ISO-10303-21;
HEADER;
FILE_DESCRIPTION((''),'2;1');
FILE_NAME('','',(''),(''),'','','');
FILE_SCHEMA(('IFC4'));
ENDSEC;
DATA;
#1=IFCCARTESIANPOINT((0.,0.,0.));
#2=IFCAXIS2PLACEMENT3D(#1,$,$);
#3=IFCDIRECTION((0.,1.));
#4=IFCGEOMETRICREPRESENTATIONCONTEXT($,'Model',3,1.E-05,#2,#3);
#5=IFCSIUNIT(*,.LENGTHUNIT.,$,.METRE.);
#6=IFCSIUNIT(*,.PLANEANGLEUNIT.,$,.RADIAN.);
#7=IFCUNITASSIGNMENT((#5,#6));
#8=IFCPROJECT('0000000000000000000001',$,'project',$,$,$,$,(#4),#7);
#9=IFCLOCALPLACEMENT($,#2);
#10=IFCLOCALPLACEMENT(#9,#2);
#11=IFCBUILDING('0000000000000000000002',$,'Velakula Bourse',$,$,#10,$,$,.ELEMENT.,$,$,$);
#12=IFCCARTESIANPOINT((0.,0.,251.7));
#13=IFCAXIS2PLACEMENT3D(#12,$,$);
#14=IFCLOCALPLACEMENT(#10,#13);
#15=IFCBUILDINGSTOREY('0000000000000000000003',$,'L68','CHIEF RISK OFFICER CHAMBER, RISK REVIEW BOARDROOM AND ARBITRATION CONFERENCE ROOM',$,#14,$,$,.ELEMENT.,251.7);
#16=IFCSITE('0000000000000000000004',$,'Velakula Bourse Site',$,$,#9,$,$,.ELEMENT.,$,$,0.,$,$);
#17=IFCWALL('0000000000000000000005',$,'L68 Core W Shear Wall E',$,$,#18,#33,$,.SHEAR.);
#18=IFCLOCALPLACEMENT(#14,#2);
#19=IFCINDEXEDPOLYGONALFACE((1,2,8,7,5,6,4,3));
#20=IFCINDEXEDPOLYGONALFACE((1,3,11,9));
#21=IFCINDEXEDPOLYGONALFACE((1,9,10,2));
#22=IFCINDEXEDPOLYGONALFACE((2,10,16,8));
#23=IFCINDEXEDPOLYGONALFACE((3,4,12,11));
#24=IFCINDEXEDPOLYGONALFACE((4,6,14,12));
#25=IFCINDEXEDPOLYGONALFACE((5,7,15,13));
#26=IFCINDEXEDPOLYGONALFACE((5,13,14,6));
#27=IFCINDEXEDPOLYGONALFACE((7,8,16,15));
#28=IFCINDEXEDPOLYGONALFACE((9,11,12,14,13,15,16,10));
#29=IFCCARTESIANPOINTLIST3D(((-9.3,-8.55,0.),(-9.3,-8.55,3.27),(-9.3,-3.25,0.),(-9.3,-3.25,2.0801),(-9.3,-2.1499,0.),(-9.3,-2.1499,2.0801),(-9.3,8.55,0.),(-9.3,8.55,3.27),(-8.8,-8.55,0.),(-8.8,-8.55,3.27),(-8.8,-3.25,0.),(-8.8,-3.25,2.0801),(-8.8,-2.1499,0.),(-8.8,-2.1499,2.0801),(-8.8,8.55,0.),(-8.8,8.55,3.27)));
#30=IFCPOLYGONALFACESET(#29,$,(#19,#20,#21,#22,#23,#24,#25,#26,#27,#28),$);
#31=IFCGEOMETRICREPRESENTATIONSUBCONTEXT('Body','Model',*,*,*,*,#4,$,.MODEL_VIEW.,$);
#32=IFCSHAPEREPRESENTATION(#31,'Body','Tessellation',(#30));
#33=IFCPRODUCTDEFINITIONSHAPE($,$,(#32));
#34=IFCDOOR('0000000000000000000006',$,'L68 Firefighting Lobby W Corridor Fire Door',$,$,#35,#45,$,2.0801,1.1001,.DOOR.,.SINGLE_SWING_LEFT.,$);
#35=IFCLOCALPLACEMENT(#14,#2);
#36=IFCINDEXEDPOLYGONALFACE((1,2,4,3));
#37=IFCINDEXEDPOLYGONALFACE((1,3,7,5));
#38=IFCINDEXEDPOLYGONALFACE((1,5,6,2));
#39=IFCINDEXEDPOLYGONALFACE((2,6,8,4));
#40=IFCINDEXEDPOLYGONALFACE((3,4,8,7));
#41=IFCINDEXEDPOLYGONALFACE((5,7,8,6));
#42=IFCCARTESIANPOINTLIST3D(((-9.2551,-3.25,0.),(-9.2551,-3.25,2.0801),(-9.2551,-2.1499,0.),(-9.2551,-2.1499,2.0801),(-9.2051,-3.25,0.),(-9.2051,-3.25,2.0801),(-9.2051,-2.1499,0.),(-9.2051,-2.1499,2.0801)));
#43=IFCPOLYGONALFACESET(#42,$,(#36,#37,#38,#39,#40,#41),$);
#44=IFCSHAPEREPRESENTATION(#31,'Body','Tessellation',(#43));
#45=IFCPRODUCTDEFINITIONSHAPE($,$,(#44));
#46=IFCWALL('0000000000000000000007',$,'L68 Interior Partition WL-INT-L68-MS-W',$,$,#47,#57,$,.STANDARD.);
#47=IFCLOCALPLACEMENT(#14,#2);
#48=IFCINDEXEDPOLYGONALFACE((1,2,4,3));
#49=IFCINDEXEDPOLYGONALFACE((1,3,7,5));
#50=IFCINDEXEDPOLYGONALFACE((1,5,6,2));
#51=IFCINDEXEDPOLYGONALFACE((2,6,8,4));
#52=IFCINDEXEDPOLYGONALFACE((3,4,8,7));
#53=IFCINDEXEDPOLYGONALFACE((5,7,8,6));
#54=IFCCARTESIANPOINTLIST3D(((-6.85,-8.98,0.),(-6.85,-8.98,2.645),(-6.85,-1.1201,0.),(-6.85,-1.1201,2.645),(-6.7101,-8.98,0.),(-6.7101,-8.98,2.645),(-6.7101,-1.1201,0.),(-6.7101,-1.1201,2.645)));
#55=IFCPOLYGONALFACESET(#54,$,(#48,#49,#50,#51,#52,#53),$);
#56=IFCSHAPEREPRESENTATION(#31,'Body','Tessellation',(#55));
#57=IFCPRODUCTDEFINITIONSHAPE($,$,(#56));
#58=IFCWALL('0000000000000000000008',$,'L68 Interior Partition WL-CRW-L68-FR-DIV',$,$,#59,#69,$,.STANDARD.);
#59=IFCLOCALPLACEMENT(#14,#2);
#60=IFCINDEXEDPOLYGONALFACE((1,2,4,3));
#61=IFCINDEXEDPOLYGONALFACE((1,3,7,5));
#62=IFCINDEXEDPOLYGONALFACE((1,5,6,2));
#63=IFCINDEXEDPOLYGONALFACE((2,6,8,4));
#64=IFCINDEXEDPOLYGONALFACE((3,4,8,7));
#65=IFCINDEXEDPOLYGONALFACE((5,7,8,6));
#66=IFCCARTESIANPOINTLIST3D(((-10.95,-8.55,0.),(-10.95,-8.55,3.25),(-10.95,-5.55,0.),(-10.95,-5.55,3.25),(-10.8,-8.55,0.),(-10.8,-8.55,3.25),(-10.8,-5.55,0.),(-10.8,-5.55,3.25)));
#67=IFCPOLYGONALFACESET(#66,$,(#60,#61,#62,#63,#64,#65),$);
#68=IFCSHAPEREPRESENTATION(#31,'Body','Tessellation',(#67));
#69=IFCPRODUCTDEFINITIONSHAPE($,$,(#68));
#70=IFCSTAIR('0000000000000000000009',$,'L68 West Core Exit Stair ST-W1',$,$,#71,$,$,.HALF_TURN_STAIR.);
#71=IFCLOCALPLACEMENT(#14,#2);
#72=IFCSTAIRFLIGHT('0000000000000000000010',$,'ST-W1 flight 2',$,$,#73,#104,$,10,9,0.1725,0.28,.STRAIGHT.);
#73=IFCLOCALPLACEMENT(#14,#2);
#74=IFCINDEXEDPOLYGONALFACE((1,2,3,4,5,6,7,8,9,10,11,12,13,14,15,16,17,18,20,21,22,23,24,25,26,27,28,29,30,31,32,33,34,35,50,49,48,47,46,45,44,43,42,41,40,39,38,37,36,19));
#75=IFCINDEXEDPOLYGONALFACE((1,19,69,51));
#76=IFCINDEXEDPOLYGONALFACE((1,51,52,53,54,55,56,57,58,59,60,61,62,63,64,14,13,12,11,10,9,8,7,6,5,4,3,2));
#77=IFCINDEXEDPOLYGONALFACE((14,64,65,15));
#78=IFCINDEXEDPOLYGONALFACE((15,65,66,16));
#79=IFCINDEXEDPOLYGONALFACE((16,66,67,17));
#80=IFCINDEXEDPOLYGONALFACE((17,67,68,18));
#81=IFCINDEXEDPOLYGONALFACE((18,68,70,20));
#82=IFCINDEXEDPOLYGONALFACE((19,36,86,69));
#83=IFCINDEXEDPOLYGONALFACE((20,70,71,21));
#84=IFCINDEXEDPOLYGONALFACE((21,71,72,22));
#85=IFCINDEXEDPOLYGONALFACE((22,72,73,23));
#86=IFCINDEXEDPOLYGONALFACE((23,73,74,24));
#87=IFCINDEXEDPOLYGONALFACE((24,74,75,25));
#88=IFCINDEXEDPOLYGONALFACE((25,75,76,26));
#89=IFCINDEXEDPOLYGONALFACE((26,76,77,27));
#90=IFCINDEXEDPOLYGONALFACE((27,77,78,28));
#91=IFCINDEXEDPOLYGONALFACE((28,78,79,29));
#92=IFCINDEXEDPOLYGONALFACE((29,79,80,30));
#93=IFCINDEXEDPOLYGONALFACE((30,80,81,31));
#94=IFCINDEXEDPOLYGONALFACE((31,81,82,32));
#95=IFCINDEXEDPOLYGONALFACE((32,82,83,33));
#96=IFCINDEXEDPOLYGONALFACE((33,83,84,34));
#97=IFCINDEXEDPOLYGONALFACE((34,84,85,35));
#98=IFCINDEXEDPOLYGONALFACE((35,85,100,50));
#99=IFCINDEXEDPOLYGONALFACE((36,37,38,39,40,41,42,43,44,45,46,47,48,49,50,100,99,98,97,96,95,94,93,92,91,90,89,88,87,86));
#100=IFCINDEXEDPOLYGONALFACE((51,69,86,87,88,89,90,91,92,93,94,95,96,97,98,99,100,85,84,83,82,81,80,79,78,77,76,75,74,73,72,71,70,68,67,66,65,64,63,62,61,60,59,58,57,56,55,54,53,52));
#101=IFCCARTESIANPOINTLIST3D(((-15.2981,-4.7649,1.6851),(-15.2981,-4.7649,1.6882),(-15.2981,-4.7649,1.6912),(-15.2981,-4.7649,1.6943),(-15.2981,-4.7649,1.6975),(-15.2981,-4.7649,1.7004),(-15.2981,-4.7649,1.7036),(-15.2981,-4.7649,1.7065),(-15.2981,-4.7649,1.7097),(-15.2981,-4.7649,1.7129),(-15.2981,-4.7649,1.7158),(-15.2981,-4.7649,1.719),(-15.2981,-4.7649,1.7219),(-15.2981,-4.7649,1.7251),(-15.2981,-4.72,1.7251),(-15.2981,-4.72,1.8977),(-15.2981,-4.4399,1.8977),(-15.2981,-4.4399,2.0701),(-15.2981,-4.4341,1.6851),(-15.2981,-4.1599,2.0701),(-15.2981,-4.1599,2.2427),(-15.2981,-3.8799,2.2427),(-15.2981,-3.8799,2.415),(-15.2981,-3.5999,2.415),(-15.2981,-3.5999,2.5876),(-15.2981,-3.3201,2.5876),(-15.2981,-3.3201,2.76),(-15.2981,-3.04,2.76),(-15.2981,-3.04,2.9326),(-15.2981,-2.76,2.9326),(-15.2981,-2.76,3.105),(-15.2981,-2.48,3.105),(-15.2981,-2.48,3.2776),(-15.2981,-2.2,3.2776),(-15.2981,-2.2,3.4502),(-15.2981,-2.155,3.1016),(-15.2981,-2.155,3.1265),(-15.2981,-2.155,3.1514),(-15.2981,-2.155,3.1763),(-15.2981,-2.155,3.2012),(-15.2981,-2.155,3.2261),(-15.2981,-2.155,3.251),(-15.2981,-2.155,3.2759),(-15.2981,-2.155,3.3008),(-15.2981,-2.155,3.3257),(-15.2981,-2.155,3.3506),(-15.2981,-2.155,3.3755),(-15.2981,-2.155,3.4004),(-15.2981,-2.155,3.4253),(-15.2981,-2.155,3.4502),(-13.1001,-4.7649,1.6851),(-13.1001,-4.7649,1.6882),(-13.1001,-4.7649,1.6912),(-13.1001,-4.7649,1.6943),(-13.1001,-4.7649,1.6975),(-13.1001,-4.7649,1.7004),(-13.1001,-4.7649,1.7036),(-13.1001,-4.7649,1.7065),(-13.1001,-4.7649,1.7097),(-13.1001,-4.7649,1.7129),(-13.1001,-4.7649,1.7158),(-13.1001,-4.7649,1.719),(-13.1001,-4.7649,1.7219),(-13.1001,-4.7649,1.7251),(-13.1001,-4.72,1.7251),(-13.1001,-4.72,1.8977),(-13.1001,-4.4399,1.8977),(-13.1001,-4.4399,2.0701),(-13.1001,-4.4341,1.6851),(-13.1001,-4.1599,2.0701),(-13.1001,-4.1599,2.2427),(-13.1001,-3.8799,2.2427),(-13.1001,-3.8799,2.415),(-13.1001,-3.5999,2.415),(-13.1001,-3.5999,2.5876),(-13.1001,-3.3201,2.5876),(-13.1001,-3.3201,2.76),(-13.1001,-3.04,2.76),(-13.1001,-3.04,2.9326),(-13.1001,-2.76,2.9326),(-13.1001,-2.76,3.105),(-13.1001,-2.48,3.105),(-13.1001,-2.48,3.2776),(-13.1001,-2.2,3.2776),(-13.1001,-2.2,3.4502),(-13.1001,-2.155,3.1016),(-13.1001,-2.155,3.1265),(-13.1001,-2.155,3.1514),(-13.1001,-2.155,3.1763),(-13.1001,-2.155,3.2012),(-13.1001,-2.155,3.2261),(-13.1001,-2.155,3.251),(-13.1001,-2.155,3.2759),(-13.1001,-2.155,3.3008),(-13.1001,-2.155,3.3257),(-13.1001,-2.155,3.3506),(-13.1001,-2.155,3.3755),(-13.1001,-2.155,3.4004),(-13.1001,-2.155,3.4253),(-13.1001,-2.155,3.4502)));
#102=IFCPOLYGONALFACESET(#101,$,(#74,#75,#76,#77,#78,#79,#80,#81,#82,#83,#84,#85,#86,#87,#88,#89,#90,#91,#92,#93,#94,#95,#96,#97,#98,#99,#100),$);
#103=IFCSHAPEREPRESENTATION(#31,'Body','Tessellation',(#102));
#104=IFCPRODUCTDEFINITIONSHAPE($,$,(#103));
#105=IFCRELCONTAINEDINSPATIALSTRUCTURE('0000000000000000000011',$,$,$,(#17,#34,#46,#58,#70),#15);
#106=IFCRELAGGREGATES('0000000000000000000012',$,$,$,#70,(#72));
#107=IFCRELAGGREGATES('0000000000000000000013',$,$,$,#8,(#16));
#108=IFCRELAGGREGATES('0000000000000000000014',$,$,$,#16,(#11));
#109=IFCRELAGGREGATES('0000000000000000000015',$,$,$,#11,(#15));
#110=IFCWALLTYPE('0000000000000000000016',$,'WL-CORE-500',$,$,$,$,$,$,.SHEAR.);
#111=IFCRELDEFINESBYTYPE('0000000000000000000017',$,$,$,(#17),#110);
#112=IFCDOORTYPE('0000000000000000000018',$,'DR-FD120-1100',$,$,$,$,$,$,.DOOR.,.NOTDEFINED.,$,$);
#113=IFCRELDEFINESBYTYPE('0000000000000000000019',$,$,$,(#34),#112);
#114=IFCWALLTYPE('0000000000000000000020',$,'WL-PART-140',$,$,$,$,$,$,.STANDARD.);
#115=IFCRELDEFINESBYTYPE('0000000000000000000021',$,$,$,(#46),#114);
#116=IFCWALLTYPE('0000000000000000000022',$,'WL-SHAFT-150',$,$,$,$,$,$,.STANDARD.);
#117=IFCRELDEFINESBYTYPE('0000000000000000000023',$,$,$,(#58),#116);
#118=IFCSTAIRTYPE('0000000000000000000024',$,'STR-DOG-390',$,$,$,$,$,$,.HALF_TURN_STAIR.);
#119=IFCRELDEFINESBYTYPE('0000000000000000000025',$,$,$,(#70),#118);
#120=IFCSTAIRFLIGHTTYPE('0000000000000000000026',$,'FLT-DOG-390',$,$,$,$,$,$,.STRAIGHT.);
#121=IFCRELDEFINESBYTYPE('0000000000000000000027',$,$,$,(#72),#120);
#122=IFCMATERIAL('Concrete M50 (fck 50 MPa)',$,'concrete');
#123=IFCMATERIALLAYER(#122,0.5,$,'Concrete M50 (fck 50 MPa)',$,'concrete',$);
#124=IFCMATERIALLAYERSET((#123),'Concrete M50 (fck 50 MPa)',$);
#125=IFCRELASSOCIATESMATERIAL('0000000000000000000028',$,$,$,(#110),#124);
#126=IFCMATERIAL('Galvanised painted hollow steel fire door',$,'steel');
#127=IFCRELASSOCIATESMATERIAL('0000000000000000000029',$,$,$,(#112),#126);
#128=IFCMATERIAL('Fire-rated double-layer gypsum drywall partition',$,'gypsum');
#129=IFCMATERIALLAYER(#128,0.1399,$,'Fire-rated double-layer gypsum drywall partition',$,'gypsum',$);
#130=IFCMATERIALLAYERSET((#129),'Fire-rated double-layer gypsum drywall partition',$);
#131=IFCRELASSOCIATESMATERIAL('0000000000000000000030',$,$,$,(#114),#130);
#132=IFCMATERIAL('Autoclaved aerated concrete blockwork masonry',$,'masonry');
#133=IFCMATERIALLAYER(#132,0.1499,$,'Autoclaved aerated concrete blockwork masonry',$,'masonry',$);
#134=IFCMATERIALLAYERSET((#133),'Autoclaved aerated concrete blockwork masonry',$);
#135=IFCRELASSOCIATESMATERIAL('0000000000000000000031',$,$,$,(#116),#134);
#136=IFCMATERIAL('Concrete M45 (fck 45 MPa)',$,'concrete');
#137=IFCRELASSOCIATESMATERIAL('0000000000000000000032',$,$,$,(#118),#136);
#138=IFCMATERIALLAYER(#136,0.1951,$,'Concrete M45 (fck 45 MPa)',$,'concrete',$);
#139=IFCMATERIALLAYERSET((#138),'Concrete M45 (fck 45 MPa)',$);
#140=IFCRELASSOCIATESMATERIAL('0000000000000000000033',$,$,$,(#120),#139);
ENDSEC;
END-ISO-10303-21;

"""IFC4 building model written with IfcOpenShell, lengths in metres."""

from ifc_helpers import new_model, si_unit, direction, frame, frame_2d, origin, place, context, subcontext, project, spatial, polyline, rectangle, outline, extrude, material, layer, layer_set, type_object, element, fill, aggregate, save


model = new_model("IFC4")

# Units and contexts
model_context = context("Model", 3, precision=1e-05, world=origin(), true_north=direction((0.0, 1.0)))
body_context = subcontext(model_context, "Body", "Model", "MODEL_VIEW")
ifc_project = project(units=[si_unit("LENGTHUNIT", "METRE"), si_unit("PLANEANGLEUNIT", "RADIAN")], contexts=[model_context])

# Site, building, storey
site_placement = place(None, origin())
site = spatial("IfcSite", under=ifc_project, at=site_placement, Name="Velakula Bourse Site", CompositionType="ELEMENT", RefElevation=0.0)
building_placement = place(site_placement, origin())
building = spatial("IfcBuilding", under=site, at=building_placement, Name="Velakula Bourse", CompositionType="ELEMENT")
storey_placement = place(building_placement, frame((0.0, 0.0, 251.7)))
storey = spatial("IfcBuildingStorey", under=building, at=storey_placement, Name="L68", Description="CHIEF RISK OFFICER CHAMBER, RISK REVIEW BOARDROOM AND ARBITRATION CONFERENCE ROOM", CompositionType="ELEMENT", Elevation=251.7)

# Shared definitions
ifc_material_1 = material(Name="Concrete M50 (fck 50 MPa)", Category="concrete")

# Shared definitions
ifc_material_2 = material(Name="Galvanised painted hollow steel fire door", Category="steel")

# Wall, opening, door
ifc_layer_1 = layer(ifc_material_1, 0.5, Name="Concrete M50 (fck 50 MPa)", Category="concrete")
ifc_layer_set_1 = layer_set([ifc_layer_1], Name="Concrete M50 (fck 50 MPa)")
wall_type_1 = type_object("IfcWallType", Name="WL-CORE-500", PredefinedType="SHEAR", material=ifc_layer_set_1)
wall_1_placement = place(storey_placement, frame((-9.05, -8.55, 0.0), z_axis=(0.0, 0.0, 1.0), x_axis=(0.0, 1.0, 0.0)))
wall_1 = element("IfcWall", 1, at=wall_1_placement, inside=storey, type_object=wall_type_1, Name="L68 Core W Shear Wall E", PredefinedType="SHEAR", context=body_context, shape_type="SweptSolid", body=[
    extrude(rectangle(XDim=17.1001, YDim=0.5, at=frame_2d((8.55, 0.0))), origin(), (0.0, 0.0, 1.0), 3.27),
])
opening_1_placement = place(wall_1_placement, frame((5.3, 0.0, 0.0)))
opening_1 = element("IfcOpeningElement", 2, at=opening_1_placement, cuts=wall_1, PredefinedType="OPENING", context=body_context, shape_type="SweptSolid", body=[
    extrude(rectangle(XDim=1.1001, YDim=2.0801, at=frame_2d((0.55, 1.04))), frame((0.0, 0.26, 0.0), z_axis=(0.0, -1.0, 0.0), x_axis=(1.0, 0.0, 0.0)), (0.0, 0.0, 1.0), 0.52),
])
door_type_1 = type_object("IfcDoorType", Name="DR-FD120-1100", OperationType="NOTDEFINED", PredefinedType="DOOR", material=ifc_material_2)
door_1_placement = place(opening_1_placement, origin())
door_1 = element("IfcDoor", 3, at=door_1_placement, inside=storey, type_object=door_type_1, Name="L68 Firefighting Lobby W Corridor Fire Door", OperationType="SINGLE_SWING_LEFT", OverallHeight=2.0801, OverallWidth=1.1001, PredefinedType="DOOR", context=body_context, shape_type="SweptSolid", body=[
    extrude(rectangle(XDim=1.1001, YDim=2.0801, at=frame_2d((0.55, 1.04))), frame((0.0, 0.2051, 0.0), z_axis=(0.0, -1.0, 0.0), x_axis=(1.0, 0.0, 0.0)), (0.0, 0.0, 1.0), 0.05),
])
fill(opening_1, door_1)

# Wall
ifc_material_3 = material(Name="Fire-rated double-layer gypsum drywall partition", Category="gypsum")
ifc_layer_2 = layer(ifc_material_3, 0.1399, Name="Fire-rated double-layer gypsum drywall partition", Category="gypsum")
ifc_layer_set_2 = layer_set([ifc_layer_2], Name="Fire-rated double-layer gypsum drywall partition")
wall_type_2 = type_object("IfcWallType", Name="WL-PART-140", PredefinedType="STANDARD", material=ifc_layer_set_2)
wall_2_placement = place(storey_placement, frame((-6.78, -8.98, 0.0), z_axis=(0.0, 0.0, 1.0), x_axis=(0.0, 1.0, 0.0)))
element("IfcWall", 4, at=wall_2_placement, inside=storey, type_object=wall_type_2, Name="L68 Interior Partition WL-INT-L68-MS-W", PredefinedType="STANDARD", context=body_context, shape_type="SweptSolid", body=[
    extrude(rectangle(XDim=7.8599, YDim=0.1399, at=frame_2d((3.9299, 0.0))), origin(), (0.0, 0.0, 1.0), 2.645),
])

# Shared definitions
ifc_material_4 = material(Name="Autoclaved aerated concrete blockwork masonry", Category="masonry")
ifc_layer_3 = layer(ifc_material_4, 0.1499, Name="Autoclaved aerated concrete blockwork masonry", Category="masonry")
ifc_layer_set_3 = layer_set([ifc_layer_3], Name="Autoclaved aerated concrete blockwork masonry")
wall_type_3 = type_object("IfcWallType", Name="WL-SHAFT-150", PredefinedType="STANDARD", material=ifc_layer_set_3)

# Wall
wall_3_placement = place(storey_placement, frame((-10.875, -8.55, 0.0), z_axis=(0.0, 0.0, 1.0), x_axis=(0.0, 1.0, 0.0)))
element("IfcWall", 5, at=wall_3_placement, inside=storey, type_object=wall_type_3, Name="L68 Interior Partition WL-CRW-L68-FR-DIV", PredefinedType="STANDARD", context=body_context, shape_type="SweptSolid", body=[
    extrude(rectangle(XDim=3.0, YDim=0.1499, at=frame_2d((1.5, 0.0))), origin(), (0.0, 0.0, 1.0), 3.25),
])

# Stair, stair flight
ifc_material_5 = material(Name="Concrete M45 (fck 45 MPa)", Category="concrete")
stair_type = type_object("IfcStairType", Name="STR-DOG-390", PredefinedType="HALF_TURN_STAIR", material=ifc_material_5)
stair_placement = place(storey_placement, origin())
stair = element("IfcStair", 6, at=stair_placement, inside=storey, type_object=stair_type, Name="L68 West Core Exit Stair ST-W1", PredefinedType="HALF_TURN_STAIR")
ifc_layer_4 = layer(ifc_material_5, 0.1951, Name="Concrete M45 (fck 45 MPa)", Category="concrete")
ifc_layer_set_4 = layer_set([ifc_layer_4], Name="Concrete M45 (fck 45 MPa)")
stair_flight_type = type_object("IfcStairFlightType", Name="FLT-DOG-390", PredefinedType="STRAIGHT", material=ifc_layer_set_4)
stair_flight_placement = place(storey_placement, frame((-14.199, -4.72, 1.7251), z_axis=(0.0, 0.0, 1.0), x_axis=(0.0, 1.0, 0.0)))
stair_flight = element("IfcStairFlight", 7, at=stair_flight_placement, type_object=stair_flight_type, Name="ST-W1 flight 2", NumberOfRisers=10, NumberOfTreads=9, PredefinedType="STRAIGHT", RiserHeight=0.1725, TreadLength=0.28, context=body_context, shape_type="SweptSolid", body=[
    extrude(outline(polyline([(-0.0449, -0.04), (-0.0449, -0.0369), (-0.0449, -0.0339), (-0.0449, -0.0308), (-0.0449, -0.0276), (-0.0449, -0.0247), (-0.0449, -0.0215), (-0.0449, -0.0186), (-0.0449, -0.0154), (-0.0449, -0.0122), (-0.0449, -0.0093), (-0.0449, -0.0061), (-0.0449, -0.0032), (-0.0449, 0.0), (0.0, 0.0), (0.0, 0.1726), (0.28, 0.1726), (0.28, 0.345), (0.5601, 0.345), (0.5601, 0.5176), (0.8401, 0.5176), (0.8401, 0.6899), (1.1201, 0.6899), (1.1201, 0.8625), (1.3999, 0.8625), (1.3999, 1.0349), (1.6799, 1.0349), (1.6799, 1.2075), (1.96, 1.2075), (1.96, 1.3799), (2.24, 1.3799), (2.24, 1.5525), (2.52, 1.5525), (2.52, 1.7251), (2.5649, 1.7251), (2.5649, 1.7002), (2.5649, 1.6753), (2.5649, 1.6504), (2.5649, 1.6255), (2.5649, 1.6006), (2.5649, 1.5757), (2.5649, 1.5508), (2.5649, 1.5259), (2.5649, 1.501), (2.5649, 1.4761), (2.5649, 1.4512), (2.5649, 1.4263), (2.5649, 1.4014), (2.5649, 1.3765), (0.2859, -0.04), (-0.0449, -0.04)])), frame((0.0, 1.0991, 0.0), z_axis=(0.0, -1.0, 0.0), x_axis=(1.0, 0.0, 0.0)), (0.0, 0.0, 1.0), 2.198),
])
aggregate(stair, [stair_flight])

save(model, "model.ifc")
